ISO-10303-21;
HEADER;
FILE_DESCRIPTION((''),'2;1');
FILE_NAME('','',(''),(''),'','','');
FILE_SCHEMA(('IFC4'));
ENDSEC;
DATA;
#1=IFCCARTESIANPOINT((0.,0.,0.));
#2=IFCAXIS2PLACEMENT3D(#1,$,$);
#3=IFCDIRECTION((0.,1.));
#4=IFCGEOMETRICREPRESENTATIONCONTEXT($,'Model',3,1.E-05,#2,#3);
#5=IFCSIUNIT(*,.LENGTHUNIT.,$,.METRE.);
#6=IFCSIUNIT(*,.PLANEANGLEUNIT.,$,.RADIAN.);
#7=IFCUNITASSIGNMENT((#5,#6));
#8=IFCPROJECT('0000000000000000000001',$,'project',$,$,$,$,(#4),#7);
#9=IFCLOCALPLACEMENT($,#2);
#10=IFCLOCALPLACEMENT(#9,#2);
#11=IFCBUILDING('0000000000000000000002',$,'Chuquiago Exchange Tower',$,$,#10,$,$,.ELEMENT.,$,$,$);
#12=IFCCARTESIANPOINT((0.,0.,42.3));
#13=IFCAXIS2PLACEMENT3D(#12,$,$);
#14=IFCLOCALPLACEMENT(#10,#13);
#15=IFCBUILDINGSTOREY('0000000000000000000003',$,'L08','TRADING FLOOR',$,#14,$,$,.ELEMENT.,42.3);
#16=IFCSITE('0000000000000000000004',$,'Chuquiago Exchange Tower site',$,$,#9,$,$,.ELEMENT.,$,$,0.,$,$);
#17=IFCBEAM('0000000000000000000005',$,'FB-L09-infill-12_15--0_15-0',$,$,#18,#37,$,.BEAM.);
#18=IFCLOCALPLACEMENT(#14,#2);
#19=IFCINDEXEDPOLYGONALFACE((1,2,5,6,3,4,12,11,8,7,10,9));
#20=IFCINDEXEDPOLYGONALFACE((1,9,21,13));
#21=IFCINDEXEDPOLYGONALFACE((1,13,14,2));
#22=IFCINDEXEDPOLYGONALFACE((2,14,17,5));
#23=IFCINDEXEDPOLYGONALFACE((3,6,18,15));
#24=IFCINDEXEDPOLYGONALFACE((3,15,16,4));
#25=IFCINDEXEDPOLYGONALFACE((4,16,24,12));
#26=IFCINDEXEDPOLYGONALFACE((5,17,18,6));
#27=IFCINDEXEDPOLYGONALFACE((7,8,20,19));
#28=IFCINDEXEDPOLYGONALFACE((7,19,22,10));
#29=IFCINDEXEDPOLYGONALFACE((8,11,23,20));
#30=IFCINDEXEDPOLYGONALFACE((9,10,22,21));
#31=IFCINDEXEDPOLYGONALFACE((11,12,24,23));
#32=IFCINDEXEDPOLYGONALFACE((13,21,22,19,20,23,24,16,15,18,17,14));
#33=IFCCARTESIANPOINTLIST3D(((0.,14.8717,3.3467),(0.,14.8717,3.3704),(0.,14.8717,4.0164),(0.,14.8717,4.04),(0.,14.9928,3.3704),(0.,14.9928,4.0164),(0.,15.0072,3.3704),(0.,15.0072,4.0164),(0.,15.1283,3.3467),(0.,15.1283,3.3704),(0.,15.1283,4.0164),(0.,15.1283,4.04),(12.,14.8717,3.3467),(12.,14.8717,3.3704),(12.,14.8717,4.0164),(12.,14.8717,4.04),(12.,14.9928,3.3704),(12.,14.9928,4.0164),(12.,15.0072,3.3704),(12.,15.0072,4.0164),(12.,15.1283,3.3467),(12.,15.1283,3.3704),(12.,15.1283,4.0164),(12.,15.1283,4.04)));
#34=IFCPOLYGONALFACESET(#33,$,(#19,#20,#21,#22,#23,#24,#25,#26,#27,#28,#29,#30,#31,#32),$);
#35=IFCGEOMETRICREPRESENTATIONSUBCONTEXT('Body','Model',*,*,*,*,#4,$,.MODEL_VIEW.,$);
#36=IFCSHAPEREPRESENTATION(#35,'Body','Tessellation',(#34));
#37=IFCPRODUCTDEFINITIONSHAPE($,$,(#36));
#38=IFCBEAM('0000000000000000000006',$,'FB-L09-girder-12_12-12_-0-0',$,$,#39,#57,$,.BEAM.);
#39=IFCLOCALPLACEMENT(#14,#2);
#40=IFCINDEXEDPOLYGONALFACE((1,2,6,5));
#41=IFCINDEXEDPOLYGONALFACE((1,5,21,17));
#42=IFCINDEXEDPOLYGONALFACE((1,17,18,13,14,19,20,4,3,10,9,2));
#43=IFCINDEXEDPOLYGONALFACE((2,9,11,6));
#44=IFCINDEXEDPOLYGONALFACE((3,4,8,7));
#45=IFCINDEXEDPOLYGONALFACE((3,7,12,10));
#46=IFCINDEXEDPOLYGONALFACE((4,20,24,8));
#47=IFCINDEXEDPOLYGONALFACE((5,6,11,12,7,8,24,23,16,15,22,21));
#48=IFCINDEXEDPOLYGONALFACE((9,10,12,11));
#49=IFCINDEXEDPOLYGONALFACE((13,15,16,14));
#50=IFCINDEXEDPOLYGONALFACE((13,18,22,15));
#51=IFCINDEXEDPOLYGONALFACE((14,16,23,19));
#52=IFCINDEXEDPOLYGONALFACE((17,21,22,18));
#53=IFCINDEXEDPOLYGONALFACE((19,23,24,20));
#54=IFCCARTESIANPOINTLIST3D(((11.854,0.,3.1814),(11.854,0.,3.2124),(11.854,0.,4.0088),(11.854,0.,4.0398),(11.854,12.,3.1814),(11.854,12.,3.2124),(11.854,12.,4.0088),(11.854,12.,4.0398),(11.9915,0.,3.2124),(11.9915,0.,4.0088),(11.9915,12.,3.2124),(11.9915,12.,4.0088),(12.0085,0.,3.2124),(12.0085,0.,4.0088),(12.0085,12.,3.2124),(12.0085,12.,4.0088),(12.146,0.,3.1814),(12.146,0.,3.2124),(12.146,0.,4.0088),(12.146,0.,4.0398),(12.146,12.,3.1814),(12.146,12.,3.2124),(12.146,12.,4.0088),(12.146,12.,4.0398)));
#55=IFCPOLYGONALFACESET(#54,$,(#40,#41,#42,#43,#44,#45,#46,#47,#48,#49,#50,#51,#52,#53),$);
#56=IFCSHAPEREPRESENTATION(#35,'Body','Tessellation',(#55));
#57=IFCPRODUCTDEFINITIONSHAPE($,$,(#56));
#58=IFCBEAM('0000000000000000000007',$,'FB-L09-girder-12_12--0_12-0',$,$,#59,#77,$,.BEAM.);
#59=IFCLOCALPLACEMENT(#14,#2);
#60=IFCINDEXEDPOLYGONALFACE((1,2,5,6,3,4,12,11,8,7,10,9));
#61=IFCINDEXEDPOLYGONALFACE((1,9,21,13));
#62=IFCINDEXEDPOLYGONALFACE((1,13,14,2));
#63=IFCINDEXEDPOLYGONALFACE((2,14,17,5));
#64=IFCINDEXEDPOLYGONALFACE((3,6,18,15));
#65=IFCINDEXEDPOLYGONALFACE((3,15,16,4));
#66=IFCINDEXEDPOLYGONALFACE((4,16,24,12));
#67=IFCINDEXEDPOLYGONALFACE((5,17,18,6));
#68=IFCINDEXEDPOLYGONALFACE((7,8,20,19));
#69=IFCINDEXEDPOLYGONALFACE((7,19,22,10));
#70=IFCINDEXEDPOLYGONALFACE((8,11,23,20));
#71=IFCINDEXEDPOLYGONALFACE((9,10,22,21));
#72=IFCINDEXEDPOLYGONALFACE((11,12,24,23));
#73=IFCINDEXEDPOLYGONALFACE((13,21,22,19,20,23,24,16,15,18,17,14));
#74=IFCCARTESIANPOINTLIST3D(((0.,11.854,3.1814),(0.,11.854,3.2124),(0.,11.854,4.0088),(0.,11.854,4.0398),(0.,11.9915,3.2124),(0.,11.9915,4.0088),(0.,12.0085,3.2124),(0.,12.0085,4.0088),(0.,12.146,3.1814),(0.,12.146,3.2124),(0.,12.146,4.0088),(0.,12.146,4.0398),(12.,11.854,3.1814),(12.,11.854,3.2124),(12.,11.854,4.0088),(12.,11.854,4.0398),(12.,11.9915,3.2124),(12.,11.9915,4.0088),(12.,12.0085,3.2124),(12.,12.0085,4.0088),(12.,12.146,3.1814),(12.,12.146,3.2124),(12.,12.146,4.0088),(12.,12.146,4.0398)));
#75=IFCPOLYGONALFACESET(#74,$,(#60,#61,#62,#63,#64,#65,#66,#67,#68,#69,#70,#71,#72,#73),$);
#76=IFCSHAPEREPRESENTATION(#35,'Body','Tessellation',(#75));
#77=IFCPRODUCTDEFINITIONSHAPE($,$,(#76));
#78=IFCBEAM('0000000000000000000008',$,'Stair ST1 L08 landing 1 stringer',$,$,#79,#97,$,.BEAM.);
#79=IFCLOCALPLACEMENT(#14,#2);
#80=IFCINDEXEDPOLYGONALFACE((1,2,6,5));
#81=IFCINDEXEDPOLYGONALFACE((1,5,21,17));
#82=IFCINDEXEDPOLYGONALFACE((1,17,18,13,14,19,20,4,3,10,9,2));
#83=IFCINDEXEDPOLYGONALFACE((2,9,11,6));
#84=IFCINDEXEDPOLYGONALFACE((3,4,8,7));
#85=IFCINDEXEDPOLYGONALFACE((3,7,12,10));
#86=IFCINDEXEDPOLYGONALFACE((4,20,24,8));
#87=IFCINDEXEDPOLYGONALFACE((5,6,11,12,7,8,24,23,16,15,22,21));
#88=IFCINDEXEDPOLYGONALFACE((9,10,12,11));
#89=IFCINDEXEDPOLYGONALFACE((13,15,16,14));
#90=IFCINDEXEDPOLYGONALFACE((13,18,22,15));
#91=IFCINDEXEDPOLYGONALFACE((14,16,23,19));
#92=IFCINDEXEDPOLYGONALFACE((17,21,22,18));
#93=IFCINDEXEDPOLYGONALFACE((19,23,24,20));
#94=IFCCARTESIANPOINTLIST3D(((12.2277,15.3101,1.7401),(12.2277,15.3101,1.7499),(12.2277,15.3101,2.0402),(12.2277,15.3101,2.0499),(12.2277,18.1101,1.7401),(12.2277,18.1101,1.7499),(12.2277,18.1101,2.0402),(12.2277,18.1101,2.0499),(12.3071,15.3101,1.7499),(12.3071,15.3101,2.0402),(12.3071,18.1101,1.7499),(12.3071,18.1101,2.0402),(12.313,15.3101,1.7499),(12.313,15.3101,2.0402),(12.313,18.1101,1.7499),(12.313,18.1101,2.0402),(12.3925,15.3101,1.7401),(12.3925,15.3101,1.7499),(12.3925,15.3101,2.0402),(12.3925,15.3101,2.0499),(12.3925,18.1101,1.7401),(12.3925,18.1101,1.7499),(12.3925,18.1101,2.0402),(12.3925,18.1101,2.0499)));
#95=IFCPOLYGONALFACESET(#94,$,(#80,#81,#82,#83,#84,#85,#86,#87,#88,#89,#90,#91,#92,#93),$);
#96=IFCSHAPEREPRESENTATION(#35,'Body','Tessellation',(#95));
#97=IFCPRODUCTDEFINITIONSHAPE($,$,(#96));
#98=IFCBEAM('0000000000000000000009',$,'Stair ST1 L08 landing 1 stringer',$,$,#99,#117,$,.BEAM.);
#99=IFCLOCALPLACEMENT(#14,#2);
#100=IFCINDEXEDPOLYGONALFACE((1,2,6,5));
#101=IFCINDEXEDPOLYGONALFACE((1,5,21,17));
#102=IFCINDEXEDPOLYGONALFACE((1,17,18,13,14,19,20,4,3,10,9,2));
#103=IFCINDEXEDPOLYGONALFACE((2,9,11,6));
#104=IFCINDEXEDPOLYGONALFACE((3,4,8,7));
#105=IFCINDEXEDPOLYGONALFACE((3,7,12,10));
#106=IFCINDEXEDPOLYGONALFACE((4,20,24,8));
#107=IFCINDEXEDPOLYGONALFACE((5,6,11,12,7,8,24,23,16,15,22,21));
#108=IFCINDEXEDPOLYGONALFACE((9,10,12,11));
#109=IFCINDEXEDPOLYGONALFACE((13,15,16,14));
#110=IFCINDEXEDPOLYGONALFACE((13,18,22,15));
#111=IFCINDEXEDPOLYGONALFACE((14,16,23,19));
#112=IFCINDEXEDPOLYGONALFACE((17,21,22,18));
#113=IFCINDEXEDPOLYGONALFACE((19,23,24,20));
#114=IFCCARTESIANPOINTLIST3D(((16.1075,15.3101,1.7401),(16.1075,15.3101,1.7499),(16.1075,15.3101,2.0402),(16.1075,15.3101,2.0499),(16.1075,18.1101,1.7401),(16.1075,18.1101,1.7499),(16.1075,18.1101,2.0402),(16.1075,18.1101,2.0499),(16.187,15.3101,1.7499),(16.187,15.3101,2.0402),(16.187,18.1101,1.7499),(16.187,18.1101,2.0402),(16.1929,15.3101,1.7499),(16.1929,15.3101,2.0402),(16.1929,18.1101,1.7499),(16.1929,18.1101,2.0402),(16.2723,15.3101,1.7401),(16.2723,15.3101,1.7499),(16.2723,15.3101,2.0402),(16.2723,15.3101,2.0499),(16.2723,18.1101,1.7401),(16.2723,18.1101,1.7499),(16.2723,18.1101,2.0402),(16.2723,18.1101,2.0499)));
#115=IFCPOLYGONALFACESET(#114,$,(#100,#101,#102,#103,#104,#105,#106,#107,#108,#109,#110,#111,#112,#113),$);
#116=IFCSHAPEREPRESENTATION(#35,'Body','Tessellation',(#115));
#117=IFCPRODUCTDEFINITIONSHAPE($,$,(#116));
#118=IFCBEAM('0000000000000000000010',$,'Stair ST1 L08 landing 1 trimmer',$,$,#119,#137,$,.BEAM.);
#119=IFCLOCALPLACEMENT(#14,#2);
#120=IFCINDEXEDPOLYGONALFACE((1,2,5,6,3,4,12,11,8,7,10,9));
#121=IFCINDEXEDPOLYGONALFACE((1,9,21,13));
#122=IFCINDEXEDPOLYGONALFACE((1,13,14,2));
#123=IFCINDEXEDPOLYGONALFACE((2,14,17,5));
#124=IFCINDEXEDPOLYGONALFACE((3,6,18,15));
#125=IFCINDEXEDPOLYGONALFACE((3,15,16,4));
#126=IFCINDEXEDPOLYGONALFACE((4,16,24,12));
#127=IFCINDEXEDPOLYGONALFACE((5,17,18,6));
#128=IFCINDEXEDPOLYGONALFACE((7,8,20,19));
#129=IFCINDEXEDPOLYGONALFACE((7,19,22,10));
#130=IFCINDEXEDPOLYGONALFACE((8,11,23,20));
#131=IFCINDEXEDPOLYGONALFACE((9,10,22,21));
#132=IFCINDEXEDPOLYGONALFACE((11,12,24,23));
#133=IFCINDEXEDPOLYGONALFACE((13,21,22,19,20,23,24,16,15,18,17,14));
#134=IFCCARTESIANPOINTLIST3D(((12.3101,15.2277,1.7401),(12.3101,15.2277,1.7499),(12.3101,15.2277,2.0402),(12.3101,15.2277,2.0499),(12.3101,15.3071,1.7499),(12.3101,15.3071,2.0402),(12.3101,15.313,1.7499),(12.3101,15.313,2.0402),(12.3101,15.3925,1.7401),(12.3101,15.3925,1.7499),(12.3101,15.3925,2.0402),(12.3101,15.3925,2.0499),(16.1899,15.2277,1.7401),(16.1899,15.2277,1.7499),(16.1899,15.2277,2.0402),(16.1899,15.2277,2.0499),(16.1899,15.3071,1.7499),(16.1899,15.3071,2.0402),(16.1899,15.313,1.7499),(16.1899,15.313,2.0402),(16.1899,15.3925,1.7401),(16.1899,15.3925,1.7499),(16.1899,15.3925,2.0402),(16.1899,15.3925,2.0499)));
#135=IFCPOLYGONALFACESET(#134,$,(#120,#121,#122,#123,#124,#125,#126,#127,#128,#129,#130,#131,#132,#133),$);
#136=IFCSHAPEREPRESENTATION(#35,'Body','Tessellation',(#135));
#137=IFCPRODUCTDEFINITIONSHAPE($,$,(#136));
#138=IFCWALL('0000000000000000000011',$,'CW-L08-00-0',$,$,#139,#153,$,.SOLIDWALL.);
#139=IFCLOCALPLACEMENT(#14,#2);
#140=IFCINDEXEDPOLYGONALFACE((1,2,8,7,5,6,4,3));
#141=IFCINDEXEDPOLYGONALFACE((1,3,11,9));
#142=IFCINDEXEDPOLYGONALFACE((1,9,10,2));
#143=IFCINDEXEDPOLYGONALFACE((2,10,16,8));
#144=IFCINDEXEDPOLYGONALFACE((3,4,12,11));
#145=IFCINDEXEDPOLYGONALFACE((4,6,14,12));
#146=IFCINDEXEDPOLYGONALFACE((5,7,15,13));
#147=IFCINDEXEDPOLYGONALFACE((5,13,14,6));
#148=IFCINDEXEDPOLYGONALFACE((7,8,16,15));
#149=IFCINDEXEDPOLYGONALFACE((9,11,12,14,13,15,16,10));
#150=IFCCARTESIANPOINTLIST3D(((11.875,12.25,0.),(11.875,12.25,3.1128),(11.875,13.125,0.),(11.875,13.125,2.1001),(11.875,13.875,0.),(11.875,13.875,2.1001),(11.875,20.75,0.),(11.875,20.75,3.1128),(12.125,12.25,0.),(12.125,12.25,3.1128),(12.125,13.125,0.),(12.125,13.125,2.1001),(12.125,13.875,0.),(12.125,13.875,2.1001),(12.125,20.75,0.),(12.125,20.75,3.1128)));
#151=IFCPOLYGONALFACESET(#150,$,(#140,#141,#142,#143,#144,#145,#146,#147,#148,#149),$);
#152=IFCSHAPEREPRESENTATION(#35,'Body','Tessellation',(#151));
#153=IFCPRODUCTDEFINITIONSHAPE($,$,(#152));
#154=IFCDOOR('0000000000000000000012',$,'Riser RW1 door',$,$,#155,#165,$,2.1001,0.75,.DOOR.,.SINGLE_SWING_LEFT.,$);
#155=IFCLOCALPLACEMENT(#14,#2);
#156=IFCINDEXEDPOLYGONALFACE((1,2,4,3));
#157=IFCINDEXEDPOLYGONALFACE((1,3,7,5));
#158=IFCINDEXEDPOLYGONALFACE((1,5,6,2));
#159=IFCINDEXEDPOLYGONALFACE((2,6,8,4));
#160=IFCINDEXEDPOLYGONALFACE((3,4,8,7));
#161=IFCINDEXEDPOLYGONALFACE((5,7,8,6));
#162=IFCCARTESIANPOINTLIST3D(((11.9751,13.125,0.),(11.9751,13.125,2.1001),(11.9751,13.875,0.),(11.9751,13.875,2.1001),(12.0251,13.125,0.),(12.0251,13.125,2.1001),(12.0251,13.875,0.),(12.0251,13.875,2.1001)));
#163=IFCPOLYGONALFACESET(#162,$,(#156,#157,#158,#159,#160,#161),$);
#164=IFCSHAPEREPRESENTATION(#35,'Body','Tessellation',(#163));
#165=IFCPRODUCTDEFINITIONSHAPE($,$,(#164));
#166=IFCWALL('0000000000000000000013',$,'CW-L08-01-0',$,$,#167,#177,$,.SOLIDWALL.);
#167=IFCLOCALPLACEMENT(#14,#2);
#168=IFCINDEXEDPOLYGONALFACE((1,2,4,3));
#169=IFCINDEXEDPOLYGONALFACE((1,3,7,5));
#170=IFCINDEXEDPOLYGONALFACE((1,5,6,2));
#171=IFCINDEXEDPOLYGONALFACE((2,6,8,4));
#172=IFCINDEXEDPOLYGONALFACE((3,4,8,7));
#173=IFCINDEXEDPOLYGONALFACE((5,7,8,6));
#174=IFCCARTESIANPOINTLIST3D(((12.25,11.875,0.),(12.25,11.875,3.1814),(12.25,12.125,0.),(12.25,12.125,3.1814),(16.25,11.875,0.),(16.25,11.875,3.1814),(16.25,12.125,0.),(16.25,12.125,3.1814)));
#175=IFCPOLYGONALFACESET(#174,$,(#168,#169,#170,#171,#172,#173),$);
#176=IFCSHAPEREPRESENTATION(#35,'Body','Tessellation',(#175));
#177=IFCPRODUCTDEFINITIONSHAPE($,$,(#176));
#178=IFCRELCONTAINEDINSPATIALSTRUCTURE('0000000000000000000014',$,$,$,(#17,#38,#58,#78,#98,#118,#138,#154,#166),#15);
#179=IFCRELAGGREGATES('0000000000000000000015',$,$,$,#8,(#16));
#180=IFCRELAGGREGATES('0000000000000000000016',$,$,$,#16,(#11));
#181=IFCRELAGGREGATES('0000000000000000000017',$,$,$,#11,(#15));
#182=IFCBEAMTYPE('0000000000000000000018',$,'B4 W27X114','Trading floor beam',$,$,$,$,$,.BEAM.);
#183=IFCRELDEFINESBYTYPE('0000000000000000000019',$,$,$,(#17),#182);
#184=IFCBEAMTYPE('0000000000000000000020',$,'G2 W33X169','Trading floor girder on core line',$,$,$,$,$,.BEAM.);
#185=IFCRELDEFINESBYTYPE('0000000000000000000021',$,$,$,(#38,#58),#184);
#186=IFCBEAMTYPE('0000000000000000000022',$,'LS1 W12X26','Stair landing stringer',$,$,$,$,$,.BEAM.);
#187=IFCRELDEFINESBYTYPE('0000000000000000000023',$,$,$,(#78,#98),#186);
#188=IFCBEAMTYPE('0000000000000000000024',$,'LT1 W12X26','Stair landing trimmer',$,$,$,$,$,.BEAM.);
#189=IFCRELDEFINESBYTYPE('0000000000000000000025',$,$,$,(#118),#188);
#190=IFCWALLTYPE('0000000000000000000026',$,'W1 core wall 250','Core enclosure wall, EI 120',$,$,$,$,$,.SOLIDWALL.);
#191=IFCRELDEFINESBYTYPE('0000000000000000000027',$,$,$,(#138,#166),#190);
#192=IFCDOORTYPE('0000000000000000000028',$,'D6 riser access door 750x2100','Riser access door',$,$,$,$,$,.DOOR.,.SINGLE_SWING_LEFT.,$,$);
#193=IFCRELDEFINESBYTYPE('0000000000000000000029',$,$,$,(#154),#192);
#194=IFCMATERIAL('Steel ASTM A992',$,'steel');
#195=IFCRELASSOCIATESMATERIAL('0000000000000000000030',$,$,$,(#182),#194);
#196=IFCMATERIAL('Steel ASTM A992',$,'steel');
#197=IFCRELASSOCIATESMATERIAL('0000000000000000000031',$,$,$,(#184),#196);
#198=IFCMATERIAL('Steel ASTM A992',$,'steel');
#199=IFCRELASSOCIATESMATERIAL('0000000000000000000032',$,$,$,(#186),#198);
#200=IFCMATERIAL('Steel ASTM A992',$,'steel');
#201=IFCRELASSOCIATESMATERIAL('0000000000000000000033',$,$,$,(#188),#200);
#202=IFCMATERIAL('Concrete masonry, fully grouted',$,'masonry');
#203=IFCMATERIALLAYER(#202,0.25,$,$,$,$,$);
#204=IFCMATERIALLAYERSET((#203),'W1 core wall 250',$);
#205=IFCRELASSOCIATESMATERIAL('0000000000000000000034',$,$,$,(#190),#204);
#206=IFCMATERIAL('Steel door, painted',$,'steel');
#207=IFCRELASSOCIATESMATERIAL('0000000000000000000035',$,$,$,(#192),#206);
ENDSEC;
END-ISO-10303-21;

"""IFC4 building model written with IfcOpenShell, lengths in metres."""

from ifc_helpers import new_model, si_unit, direction, frame, frame_2d, origin, origin_2d, place, context, subcontext, project, spatial, rectangle, i_section, extrude, material, layer, layer_set, material_profile, profile_set, type_object, element, fill, save


model = new_model("IFC4")

# Units and contexts
model_context = context("Model", 3, precision=1e-05, world=origin(), true_north=direction((0.0, 1.0)))
body_context = subcontext(model_context, "Body", "Model", "MODEL_VIEW")
ifc_project = project(units=[si_unit("LENGTHUNIT", "METRE"), si_unit("PLANEANGLEUNIT", "RADIAN")], contexts=[model_context])

# Site, building, storey
site_placement = place(None, origin())
site = spatial("IfcSite", under=ifc_project, at=site_placement, Name="Chuquiago Exchange Tower site", CompositionType="ELEMENT", RefElevation=0.0)
building_placement = place(site_placement, origin())
building = spatial("IfcBuilding", under=site, at=building_placement, Name="Chuquiago Exchange Tower", CompositionType="ELEMENT")
storey_placement = place(building_placement, frame((0.0, 0.0, 42.3)))
storey = spatial("IfcBuildingStorey", under=building, at=storey_placement, Name="L08", Description="TRADING FLOOR", CompositionType="ELEMENT", Elevation=42.3)

# Beams
ifc_material_1 = material(Name="Steel ASTM A992", Category="steel")
ifc_material_profile_1 = material_profile(ifc_material_1, i_section(OverallWidth=0.2566, OverallDepth=0.6934, WebThickness=0.0144, FlangeThickness=0.0237, at=origin_2d()), Name="W27X114")
ifc_profile_set_1 = profile_set([ifc_material_profile_1], Name="Steel ASTM A992")
beam_type_1 = type_object("IfcBeamType", Name="B4 W27X114", Description="Trading floor beam", PredefinedType="BEAM", material=ifc_profile_set_1)
for number, where, z_axis, x_axis, name in (
    (1, (12.0, 15.0, 3.6934), (-1.0, 0.0, 0.0), (0.0, -1.0, 0.0), "FB-L09-infill-12_15--0_15-0"),
):
    element("IfcBeam", number, at=place(storey_placement, frame(where, z_axis=z_axis, x_axis=x_axis)), inside=storey, type_object=beam_type_1, Name=name, PredefinedType="BEAM", context=body_context, shape_type="SweptSolid", body=[
        extrude(i_section(OverallWidth=0.2566, OverallDepth=0.6934, WebThickness=0.0144, FlangeThickness=0.0237, at=origin_2d()), origin(), (0.0, 0.0, 1.0), 12.0),
    ])
ifc_material_2 = material(Name="Steel ASTM A992", Category="steel")
ifc_material_profile_2 = material_profile(ifc_material_2, i_section(OverallWidth=0.292, OverallDepth=0.8584, WebThickness=0.0171, FlangeThickness=0.031, at=origin_2d()), Name="W33X169")
ifc_profile_set_2 = profile_set([ifc_material_profile_2], Name="Steel ASTM A992")
beam_type_2 = type_object("IfcBeamType", Name="G2 W33X169", Description="Trading floor girder on core line", PredefinedType="BEAM", material=ifc_profile_set_2)
for number, where, z_axis, x_axis, name in (
    (2, (12.0, 12.0, 3.6106), (0.0, -1.0, 0.0), (1.0, 0.0, 0.0), "FB-L09-girder-12_12-12_-0-0"),
    (3, (12.0, 12.0, 3.6106), (-1.0, 0.0, 0.0), (0.0, -1.0, 0.0), "FB-L09-girder-12_12--0_12-0"),
):
    element("IfcBeam", number, at=place(storey_placement, frame(where, z_axis=z_axis, x_axis=x_axis)), inside=storey, type_object=beam_type_2, Name=name, PredefinedType="BEAM", context=body_context, shape_type="SweptSolid", body=[
        extrude(i_section(OverallWidth=0.292, OverallDepth=0.8584, WebThickness=0.0171, FlangeThickness=0.031, at=origin_2d()), origin(), (0.0, 0.0, 1.0), 12.0),
    ])
ifc_material_3 = material(Name="Steel ASTM A992", Category="steel")
ifc_material_profile_3 = material_profile(ifc_material_3, i_section(OverallWidth=0.1648, OverallDepth=0.3098, WebThickness=0.0059, FlangeThickness=0.0098, at=origin_2d()), Name="W12X26")
ifc_profile_set_3 = profile_set([ifc_material_profile_3], Name="Steel ASTM A992")
beam_type_3 = type_object("IfcBeamType", Name="LS1 W12X26", Description="Stair landing stringer", PredefinedType="BEAM", material=ifc_profile_set_3)
for number, where, z_axis, x_axis, name in (
    (4, (12.3101, 15.3101, 1.895), (0.0, 1.0, 0.0), (-1.0, 0.0, 0.0), "Stair ST1 L08 landing 1 stringer"),
    (5, (16.1899, 15.3101, 1.895), (0.0, 1.0, 0.0), (-1.0, 0.0, 0.0), "Stair ST1 L08 landing 1 stringer"),
):
    element("IfcBeam", number, at=place(storey_placement, frame(where, z_axis=z_axis, x_axis=x_axis)), inside=storey, type_object=beam_type_3, Name=name, PredefinedType="BEAM", context=body_context, shape_type="SweptSolid", body=[
        extrude(i_section(OverallWidth=0.1648, OverallDepth=0.3098, WebThickness=0.0059, FlangeThickness=0.0098, at=origin_2d()), origin(), (0.0, 0.0, 1.0), 2.8),
    ])
ifc_material_4 = material(Name="Steel ASTM A992", Category="steel")
ifc_material_profile_4 = material_profile(ifc_material_4, i_section(OverallWidth=0.1648, OverallDepth=0.3098, WebThickness=0.0059, FlangeThickness=0.0098, at=origin_2d()), Name="W12X26")
ifc_profile_set_4 = profile_set([ifc_material_profile_4], Name="Steel ASTM A992")
beam_type_4 = type_object("IfcBeamType", Name="LT1 W12X26", Description="Stair landing trimmer", PredefinedType="BEAM", material=ifc_profile_set_4)
beam_1_placement = place(storey_placement, frame((12.3101, 15.3101, 1.895), z_axis=(1.0, 0.0, 0.0), x_axis=(0.0, 1.0, 0.0)))
element("IfcBeam", 6, at=beam_1_placement, inside=storey, type_object=beam_type_4, Name="Stair ST1 L08 landing 1 trimmer", PredefinedType="BEAM", context=body_context, shape_type="SweptSolid", body=[
    extrude(i_section(OverallWidth=0.1648, OverallDepth=0.3098, WebThickness=0.0059, FlangeThickness=0.0098, at=origin_2d()), origin(), (0.0, 0.0, 1.0), 3.8799),
])

# Wall, opening, door
ifc_material_5 = material(Name="Concrete masonry, fully grouted", Category="masonry")
ifc_layer_1 = layer(ifc_material_5, 0.25)
ifc_layer_set_1 = layer_set([ifc_layer_1], Name="W1 core wall 250")
wall_type_1 = type_object("IfcWallType", Name="W1 core wall 250", Description="Core enclosure wall, EI 120", PredefinedType="SOLIDWALL", material=ifc_layer_set_1)
wall_1_placement = place(storey_placement, frame((12.0, 12.25, 0.0), z_axis=(0.0, 0.0, 1.0), x_axis=(0.0, 1.0, 0.0)))
wall_1 = element("IfcWall", 7, at=wall_1_placement, inside=storey, type_object=wall_type_1, Name="CW-L08-00-0", PredefinedType="SOLIDWALL", context=body_context, shape_type="SweptSolid", body=[
    extrude(rectangle(XDim=8.5, YDim=0.25, at=frame_2d((4.25, 0.0))), origin(), (0.0, 0.0, 1.0), 3.1128),
])
opening_placement = place(wall_1_placement, frame((0.875, 0.0, 0.0)))
opening = element("IfcOpeningElement", 8, at=opening_placement, cuts=wall_1, PredefinedType="OPENING", context=body_context, shape_type="SweptSolid", body=[
    extrude(rectangle(XDim=0.75, YDim=2.1001, at=frame_2d((0.375, 1.05))), frame((0.0, 0.135, 0.0), z_axis=(0.0, -1.0, 0.0), x_axis=(1.0, 0.0, 0.0)), (0.0, 0.0, 1.0), 0.27),
])
ifc_material_6 = material(Name="Steel door, painted", Category="steel")
door_type = type_object("IfcDoorType", Name="D6 riser access door 750x2100", Description="Riser access door", OperationType="SINGLE_SWING_LEFT", PredefinedType="DOOR", material=ifc_material_6)
door_placement = place(opening_placement, origin())
door = element("IfcDoor", 9, at=door_placement, inside=storey, type_object=door_type, Name="Riser RW1 door", OperationType="SINGLE_SWING_LEFT", OverallHeight=2.1001, OverallWidth=0.75, PredefinedType="DOOR", context=body_context, shape_type="SweptSolid", body=[
    extrude(rectangle(XDim=0.75, YDim=2.1001, at=frame_2d((0.375, 1.05))), frame((0.0, 0.0249, 0.0), z_axis=(0.0, -1.0, 0.0), x_axis=(1.0, 0.0, 0.0)), (0.0, 0.0, 1.0), 0.05),
])
fill(opening, door)

# Wall
wall_2_placement = place(storey_placement, frame((12.25, 12.0, 0.0), z_axis=(0.0, 0.0, 1.0), x_axis=(1.0, 0.0, 0.0)))
element("IfcWall", 10, at=wall_2_placement, inside=storey, type_object=wall_type_1, Name="CW-L08-01-0", PredefinedType="SOLIDWALL", context=body_context, shape_type="SweptSolid", body=[
    extrude(rectangle(XDim=4.0, YDim=0.25, at=frame_2d((2.0, 0.0))), origin(), (0.0, 0.0, 1.0), 3.1814),
])

save(model, "model.ifc")
